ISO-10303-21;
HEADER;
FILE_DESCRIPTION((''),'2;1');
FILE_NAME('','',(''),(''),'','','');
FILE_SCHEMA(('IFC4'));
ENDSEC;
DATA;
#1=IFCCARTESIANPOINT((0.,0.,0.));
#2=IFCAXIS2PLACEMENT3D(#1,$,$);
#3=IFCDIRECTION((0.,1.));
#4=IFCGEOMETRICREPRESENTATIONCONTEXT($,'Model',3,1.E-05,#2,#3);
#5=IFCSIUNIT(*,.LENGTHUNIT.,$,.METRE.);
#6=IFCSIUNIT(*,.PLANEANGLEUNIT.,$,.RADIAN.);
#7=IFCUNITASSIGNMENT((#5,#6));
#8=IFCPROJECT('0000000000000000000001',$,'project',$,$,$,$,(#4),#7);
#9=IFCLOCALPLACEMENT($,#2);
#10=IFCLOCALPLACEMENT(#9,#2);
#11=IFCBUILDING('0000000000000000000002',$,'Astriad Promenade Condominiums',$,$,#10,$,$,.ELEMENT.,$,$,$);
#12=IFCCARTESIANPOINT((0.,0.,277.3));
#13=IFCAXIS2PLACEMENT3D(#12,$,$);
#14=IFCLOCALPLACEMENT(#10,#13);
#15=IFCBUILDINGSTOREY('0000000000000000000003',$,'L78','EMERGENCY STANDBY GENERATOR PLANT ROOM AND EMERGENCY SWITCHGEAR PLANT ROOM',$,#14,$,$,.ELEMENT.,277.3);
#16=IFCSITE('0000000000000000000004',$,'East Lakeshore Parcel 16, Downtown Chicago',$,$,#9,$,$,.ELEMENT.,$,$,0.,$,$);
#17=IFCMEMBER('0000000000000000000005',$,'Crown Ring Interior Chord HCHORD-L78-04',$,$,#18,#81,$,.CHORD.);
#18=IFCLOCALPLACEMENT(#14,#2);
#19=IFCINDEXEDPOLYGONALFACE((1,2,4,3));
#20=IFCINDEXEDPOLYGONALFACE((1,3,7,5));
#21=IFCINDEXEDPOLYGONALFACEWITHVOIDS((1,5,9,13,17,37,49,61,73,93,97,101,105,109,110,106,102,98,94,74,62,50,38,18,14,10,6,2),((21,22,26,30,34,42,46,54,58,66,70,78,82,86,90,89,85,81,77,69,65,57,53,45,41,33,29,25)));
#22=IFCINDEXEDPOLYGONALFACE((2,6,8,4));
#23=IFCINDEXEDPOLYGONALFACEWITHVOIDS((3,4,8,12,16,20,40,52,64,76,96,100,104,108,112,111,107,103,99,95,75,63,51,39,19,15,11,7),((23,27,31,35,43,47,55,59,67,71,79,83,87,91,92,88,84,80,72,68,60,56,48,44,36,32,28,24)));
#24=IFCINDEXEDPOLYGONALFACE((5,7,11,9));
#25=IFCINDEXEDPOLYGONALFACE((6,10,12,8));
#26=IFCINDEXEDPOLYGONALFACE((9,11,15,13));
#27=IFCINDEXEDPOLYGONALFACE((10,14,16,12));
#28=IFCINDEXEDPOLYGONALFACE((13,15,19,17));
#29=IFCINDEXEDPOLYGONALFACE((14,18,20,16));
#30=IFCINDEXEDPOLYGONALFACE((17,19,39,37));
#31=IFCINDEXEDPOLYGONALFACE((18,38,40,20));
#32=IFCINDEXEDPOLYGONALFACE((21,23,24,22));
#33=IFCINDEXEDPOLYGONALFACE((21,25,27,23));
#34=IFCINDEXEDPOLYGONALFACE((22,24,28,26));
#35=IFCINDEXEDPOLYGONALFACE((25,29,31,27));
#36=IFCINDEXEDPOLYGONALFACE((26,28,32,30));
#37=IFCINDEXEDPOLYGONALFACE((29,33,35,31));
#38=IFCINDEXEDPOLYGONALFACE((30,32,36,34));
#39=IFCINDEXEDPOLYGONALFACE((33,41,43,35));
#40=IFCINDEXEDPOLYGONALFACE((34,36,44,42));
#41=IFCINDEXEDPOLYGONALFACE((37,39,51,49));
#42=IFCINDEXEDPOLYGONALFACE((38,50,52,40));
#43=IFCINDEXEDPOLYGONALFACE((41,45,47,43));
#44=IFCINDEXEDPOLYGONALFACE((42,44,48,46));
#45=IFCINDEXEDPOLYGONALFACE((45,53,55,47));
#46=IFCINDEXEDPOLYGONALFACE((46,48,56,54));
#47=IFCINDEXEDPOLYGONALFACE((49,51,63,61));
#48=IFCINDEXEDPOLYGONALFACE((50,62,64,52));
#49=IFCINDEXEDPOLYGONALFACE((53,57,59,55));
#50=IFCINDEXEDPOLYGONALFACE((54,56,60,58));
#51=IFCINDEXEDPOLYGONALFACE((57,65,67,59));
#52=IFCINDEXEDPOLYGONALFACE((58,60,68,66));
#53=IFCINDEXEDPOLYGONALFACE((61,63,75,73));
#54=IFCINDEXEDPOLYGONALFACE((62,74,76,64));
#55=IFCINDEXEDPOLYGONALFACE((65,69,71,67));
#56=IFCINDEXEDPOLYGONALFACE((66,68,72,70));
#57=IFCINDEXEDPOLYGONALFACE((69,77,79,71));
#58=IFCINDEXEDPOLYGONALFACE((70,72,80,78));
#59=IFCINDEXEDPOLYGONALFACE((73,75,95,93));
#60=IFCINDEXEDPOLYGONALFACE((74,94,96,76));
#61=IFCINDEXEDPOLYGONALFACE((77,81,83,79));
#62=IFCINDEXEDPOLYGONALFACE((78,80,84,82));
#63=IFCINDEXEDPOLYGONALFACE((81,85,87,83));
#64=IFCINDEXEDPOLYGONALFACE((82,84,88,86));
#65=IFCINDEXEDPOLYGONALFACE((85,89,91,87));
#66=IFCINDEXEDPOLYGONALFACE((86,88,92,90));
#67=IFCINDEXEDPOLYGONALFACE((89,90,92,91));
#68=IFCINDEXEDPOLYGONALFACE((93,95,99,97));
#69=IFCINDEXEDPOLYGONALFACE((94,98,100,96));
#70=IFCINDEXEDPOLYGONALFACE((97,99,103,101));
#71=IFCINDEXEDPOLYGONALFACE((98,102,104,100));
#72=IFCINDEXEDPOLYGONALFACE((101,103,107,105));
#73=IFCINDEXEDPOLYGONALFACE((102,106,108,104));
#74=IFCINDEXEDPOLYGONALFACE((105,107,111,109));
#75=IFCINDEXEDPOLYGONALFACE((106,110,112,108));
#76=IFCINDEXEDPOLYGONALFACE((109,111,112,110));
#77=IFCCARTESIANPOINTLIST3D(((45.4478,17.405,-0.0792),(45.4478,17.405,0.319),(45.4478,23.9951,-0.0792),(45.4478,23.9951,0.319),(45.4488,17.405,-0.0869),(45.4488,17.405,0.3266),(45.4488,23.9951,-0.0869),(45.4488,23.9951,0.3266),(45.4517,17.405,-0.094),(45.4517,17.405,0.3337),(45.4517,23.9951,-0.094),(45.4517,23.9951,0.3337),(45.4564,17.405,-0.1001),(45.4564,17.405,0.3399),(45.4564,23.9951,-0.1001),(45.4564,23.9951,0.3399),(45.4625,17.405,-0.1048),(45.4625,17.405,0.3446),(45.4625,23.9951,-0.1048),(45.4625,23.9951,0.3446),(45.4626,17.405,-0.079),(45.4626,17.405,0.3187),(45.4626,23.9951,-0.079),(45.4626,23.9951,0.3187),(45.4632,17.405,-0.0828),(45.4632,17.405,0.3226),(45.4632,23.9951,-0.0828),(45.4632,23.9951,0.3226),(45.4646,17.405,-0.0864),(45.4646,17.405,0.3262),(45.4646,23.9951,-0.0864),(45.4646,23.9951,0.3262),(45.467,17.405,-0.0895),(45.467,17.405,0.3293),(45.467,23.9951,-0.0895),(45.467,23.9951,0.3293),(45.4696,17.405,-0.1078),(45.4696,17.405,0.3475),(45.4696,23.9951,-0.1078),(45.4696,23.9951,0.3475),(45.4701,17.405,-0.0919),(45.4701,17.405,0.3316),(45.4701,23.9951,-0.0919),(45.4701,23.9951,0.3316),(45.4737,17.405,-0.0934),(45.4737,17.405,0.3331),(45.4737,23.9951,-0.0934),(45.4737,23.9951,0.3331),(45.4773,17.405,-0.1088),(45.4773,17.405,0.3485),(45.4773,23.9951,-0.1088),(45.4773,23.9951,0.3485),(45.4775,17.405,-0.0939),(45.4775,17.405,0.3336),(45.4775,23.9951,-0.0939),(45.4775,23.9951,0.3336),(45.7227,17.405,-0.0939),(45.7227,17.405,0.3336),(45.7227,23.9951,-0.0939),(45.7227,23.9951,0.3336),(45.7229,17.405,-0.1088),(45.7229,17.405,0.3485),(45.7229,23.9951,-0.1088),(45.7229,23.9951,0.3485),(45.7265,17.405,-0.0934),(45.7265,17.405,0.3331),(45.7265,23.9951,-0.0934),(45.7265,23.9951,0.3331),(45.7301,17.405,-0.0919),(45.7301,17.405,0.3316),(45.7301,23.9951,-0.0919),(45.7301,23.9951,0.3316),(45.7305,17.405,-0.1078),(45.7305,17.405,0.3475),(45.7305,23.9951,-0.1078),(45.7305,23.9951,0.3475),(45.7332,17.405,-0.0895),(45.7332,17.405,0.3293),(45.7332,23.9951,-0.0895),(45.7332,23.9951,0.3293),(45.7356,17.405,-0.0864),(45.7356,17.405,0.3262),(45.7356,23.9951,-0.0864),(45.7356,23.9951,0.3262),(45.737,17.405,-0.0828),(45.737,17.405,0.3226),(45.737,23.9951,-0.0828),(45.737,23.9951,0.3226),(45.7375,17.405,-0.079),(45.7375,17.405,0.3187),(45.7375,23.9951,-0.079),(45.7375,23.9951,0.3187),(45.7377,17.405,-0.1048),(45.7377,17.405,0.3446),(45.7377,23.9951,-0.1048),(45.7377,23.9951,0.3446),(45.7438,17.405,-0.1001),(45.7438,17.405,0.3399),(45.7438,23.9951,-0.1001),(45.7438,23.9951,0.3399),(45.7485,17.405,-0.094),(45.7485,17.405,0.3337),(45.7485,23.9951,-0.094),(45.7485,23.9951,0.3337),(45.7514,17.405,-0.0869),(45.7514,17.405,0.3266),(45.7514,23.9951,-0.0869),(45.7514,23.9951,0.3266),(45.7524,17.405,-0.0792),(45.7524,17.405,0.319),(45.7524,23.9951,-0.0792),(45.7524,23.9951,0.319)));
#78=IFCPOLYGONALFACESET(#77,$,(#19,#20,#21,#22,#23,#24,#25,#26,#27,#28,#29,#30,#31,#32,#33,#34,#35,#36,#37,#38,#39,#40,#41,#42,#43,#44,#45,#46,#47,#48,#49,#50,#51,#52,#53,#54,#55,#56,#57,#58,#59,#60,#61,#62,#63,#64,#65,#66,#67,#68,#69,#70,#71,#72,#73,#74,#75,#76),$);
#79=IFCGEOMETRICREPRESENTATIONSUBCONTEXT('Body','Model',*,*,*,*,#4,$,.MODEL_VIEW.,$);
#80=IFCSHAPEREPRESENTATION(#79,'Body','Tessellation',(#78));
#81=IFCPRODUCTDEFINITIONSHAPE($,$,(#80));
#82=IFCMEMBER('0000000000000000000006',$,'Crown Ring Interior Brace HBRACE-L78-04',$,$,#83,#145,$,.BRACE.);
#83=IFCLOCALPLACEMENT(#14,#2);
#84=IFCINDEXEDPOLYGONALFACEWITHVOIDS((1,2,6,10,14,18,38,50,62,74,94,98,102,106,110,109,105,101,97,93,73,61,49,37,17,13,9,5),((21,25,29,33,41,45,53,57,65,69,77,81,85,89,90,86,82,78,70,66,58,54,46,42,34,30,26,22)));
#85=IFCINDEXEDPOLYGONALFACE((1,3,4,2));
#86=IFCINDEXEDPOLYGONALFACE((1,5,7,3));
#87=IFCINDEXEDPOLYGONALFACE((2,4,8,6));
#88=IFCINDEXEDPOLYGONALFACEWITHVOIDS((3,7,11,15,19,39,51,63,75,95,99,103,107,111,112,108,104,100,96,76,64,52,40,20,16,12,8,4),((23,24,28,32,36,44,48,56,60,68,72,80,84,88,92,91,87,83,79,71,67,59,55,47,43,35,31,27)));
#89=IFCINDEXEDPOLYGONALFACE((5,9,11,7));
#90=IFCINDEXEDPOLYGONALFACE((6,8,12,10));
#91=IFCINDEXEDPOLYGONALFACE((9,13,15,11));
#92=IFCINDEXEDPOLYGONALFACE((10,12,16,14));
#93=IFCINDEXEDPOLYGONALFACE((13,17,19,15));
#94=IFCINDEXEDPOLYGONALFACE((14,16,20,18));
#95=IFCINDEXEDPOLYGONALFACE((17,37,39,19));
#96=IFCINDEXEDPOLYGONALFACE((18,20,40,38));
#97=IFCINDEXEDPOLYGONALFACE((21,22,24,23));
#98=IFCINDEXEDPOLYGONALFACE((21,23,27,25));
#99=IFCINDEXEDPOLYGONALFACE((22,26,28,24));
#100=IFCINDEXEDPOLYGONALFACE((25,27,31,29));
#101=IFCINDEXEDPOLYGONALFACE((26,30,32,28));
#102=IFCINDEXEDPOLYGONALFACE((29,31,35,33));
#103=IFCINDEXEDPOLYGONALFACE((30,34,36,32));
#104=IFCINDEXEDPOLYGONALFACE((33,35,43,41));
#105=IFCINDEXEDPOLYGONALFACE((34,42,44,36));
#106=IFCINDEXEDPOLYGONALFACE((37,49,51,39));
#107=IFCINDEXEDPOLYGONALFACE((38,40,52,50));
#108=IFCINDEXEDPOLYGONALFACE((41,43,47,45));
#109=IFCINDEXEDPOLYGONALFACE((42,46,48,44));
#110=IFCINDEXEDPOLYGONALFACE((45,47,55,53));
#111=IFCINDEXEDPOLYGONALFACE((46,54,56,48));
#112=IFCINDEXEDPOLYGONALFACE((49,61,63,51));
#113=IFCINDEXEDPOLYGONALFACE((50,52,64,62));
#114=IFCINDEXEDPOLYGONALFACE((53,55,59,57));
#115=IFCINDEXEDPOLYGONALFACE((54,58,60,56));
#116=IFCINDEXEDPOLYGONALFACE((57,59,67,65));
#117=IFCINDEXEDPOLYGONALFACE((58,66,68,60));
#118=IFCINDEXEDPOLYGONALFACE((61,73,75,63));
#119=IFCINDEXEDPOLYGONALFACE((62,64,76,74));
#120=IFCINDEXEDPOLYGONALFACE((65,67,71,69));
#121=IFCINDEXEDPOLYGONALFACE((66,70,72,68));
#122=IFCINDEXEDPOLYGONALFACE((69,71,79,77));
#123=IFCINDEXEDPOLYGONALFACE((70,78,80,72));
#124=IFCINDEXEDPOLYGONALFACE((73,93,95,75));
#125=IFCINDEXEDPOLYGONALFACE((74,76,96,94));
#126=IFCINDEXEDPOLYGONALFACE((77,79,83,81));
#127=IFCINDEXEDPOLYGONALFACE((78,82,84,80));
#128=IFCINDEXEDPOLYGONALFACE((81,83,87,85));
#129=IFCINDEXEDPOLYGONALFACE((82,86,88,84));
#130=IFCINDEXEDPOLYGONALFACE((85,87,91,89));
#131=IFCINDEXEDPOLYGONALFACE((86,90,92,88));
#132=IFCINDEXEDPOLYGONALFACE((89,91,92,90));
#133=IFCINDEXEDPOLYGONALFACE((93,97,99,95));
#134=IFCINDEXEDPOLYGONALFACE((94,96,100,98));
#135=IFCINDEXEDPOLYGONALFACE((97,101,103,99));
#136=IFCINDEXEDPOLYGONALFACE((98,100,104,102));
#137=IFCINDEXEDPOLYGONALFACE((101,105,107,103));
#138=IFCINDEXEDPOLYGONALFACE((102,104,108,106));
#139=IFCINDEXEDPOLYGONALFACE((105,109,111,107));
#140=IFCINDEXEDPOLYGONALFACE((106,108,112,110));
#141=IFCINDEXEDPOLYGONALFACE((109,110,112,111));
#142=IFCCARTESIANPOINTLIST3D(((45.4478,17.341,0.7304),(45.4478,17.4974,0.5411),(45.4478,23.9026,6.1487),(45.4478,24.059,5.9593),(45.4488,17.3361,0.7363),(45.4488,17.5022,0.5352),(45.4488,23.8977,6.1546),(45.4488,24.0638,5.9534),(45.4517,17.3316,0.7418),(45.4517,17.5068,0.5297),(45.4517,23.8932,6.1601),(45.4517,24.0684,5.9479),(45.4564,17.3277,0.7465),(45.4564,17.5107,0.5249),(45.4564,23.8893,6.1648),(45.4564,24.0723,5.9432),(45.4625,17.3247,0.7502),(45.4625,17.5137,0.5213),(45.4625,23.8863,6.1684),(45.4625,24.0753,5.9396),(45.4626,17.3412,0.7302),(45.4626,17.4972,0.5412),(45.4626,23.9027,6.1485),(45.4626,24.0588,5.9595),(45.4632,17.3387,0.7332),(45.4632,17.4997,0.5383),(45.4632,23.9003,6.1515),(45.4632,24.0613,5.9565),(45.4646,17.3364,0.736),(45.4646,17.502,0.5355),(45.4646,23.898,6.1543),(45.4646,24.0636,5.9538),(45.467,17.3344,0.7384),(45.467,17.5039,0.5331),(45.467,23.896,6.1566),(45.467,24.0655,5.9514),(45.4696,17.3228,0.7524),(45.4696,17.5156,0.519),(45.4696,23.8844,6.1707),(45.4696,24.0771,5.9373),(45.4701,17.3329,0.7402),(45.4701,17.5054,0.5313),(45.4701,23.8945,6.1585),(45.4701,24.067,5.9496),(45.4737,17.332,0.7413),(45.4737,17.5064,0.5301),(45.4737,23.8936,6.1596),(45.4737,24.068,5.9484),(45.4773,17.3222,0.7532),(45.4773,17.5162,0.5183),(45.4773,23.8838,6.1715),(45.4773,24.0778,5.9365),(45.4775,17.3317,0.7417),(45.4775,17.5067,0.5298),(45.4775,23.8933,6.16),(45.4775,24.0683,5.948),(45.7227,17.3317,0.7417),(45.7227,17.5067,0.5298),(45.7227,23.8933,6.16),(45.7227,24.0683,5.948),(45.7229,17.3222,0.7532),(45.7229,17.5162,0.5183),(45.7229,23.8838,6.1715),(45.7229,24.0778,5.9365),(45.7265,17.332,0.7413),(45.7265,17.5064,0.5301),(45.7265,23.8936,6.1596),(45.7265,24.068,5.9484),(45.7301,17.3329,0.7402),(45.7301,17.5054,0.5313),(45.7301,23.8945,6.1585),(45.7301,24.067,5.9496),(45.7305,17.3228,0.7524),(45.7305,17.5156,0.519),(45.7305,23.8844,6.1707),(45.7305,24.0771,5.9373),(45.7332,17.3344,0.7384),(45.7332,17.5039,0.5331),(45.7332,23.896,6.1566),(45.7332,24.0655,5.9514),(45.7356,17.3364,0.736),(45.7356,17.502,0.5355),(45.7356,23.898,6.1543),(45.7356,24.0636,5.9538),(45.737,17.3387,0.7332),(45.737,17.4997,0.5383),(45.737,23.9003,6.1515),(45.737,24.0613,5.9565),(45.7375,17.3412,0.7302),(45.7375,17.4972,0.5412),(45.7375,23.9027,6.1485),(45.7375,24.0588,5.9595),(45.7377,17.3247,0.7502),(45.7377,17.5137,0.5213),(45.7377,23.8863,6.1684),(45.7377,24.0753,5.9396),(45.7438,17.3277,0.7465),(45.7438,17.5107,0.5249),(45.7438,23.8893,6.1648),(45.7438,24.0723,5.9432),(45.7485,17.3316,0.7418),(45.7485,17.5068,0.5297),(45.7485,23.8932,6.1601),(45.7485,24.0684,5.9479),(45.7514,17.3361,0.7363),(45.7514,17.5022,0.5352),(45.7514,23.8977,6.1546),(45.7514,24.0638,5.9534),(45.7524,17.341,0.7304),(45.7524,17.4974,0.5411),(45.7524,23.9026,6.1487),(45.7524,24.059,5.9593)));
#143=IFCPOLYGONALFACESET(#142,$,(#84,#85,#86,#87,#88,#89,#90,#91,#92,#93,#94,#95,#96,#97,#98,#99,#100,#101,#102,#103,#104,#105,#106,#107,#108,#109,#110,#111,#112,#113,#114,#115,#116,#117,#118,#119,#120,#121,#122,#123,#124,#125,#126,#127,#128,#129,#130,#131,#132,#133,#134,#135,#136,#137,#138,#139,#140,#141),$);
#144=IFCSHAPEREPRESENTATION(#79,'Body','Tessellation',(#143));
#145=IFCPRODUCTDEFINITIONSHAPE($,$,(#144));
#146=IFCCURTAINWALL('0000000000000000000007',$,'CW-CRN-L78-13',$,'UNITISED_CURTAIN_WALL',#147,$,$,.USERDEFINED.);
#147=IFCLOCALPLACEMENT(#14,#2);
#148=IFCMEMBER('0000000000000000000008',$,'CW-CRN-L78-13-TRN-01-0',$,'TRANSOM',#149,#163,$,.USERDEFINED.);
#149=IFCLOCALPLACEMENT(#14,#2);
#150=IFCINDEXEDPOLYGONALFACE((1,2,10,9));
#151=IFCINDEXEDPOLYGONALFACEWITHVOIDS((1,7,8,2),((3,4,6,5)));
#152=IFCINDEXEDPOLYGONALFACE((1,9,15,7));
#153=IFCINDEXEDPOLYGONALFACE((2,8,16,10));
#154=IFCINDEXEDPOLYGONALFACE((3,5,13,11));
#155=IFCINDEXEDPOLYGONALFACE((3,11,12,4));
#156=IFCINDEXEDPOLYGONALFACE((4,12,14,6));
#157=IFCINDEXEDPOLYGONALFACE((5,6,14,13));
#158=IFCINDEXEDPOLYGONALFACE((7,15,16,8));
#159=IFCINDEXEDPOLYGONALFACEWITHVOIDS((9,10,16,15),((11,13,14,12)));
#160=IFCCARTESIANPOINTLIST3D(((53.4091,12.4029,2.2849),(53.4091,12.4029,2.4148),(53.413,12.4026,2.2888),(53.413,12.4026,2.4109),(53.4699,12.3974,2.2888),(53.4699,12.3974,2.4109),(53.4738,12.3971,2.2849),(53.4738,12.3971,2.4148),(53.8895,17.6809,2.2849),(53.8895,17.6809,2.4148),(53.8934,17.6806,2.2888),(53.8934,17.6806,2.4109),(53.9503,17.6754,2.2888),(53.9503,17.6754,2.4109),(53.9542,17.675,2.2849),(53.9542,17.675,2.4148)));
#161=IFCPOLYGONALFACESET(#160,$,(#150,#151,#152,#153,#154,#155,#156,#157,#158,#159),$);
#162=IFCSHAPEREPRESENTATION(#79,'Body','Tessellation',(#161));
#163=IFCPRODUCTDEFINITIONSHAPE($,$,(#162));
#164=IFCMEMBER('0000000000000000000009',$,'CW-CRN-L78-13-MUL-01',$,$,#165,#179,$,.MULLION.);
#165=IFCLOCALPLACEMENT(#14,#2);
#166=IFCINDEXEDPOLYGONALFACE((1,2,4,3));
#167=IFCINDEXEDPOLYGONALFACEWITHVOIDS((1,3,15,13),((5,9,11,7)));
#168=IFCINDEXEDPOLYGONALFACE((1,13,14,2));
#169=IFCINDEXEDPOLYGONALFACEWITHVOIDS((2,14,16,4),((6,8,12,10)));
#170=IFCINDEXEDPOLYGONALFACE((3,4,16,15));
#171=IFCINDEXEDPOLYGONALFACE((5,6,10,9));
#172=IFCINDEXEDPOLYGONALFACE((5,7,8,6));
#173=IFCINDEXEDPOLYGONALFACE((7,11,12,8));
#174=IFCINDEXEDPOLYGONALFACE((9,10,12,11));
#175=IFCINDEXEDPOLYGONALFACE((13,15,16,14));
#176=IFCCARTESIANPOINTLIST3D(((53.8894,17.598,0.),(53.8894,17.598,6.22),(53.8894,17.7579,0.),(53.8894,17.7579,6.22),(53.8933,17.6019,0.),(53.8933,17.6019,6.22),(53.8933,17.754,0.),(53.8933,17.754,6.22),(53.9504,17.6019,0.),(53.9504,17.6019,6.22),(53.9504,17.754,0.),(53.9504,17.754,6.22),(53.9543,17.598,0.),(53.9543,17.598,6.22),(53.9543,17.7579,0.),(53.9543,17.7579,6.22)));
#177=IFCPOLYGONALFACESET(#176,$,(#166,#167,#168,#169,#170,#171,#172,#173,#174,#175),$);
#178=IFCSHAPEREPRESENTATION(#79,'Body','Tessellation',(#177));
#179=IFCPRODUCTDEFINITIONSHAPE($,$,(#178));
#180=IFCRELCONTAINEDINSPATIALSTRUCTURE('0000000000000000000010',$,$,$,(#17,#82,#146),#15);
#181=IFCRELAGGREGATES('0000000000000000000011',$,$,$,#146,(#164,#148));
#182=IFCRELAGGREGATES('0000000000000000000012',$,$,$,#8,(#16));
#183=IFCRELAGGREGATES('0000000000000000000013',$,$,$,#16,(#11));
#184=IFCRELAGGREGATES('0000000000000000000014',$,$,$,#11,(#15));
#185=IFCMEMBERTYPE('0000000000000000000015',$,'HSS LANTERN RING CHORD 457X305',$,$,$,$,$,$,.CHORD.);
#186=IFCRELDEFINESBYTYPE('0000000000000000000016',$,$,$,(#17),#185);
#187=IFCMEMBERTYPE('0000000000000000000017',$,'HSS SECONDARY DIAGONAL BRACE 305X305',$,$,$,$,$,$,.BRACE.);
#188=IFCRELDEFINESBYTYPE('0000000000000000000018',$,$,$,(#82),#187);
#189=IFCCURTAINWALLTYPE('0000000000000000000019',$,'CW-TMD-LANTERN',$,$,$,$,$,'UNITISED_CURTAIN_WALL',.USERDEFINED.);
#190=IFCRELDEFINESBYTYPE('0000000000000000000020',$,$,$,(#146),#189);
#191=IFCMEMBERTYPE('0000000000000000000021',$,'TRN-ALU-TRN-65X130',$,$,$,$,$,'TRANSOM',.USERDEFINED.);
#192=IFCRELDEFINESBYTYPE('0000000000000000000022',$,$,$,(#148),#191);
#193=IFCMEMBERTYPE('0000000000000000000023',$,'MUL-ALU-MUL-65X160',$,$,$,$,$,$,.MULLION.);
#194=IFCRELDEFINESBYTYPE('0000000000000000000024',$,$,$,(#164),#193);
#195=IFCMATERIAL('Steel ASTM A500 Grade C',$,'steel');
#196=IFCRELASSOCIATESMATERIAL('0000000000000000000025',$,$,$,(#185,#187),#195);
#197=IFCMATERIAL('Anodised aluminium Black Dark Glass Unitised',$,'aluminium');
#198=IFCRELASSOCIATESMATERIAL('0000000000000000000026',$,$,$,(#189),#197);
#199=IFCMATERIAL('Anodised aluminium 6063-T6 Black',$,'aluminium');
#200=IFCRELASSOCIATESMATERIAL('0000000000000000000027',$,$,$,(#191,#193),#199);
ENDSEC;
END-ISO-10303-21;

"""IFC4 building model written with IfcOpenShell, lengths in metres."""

from ifc_helpers import new_model, si_unit, direction, frame, origin, origin_2d, place, context, subcontext, project, spatial, hollow_rectangle, extrude, source, transform, mapped, material, material_profile, profile_set, type_object, type_shapes, element, aggregate, save


model = new_model("IFC4")

# Units and contexts
model_context = context("Model", 3, precision=1e-05, world=origin(), true_north=direction((0.0, 1.0)))
body_context = subcontext(model_context, "Body", "Model", "MODEL_VIEW")
ifc_project = project(units=[si_unit("LENGTHUNIT", "METRE"), si_unit("PLANEANGLEUNIT", "RADIAN")], contexts=[model_context])

# Site, building, storey
site_placement = place(None, origin())
site = spatial("IfcSite", under=ifc_project, at=site_placement, Name="East Lakeshore Parcel 16, Downtown Chicago", CompositionType="ELEMENT", RefElevation=0.0)
building_placement = place(site_placement, origin())
building = spatial("IfcBuilding", under=site, at=building_placement, Name="Astriad Promenade Condominiums", CompositionType="ELEMENT")
storey_placement = place(building_placement, frame((0.0, 0.0, 277.3)))
storey = spatial("IfcBuildingStorey", under=building, at=storey_placement, Name="L78", Description="EMERGENCY STANDBY GENERATOR PLANT ROOM AND EMERGENCY SWITCHGEAR PLANT ROOM", CompositionType="ELEMENT", Elevation=277.3)

# Members
ifc_material_1 = material(Name="Steel ASTM A500 Grade C", Category="steel")
ifc_material_profile_1 = material_profile(ifc_material_1, hollow_rectangle(XDim=0.3047, YDim=0.4573, WallThickness=0.0149, InnerFilletRadius=0.0149, OuterFilletRadius=0.0295, at=origin_2d()), Name="HSS457X305X15.9")
ifc_profile_set_1 = profile_set([ifc_material_profile_1], Name="Steel ASTM A500 Grade C")
member_type_1 = type_object("IfcMemberType", Name="HSS LANTERN RING CHORD 457X305", PredefinedType="CHORD", material=ifc_profile_set_1)
shared_shape_1 = source(origin(), body_context, "Body", "SweptSolid", [
    extrude(hollow_rectangle(XDim=0.3047, YDim=0.4573, WallThickness=0.0149, InnerFilletRadius=0.0149, OuterFilletRadius=0.0295, at=origin_2d()), origin(), (0.0, 0.0, 1.0), 6.5901),
])
type_shapes(member_type_1, [shared_shape_1])
member_1_placement = place(storey_placement, frame((45.6001, 17.405, 0.1199), z_axis=(0.0, 1.0, 0.0), x_axis=(-1.0, 0.0, 0.0)))
element("IfcMember", 1, at=member_1_placement, inside=storey, type_object=member_type_1, Name="Crown Ring Interior Chord HCHORD-L78-04", PredefinedType="CHORD", context=body_context, shape_type="MappedRepresentation", body=[
    mapped(shared_shape_1, transform((0.0, 0.0, 0.0), scale=1.0)),
])
ifc_material_profile_2 = material_profile(ifc_material_1, hollow_rectangle(XDim=0.3047, YDim=0.3047, WallThickness=0.0149, InnerFilletRadius=0.0149, OuterFilletRadius=0.0295, at=origin_2d()), Name="HSS305X305X15.9")
ifc_profile_set_2 = profile_set([ifc_material_profile_2], Name="Steel ASTM A500 Grade C")
member_type_2 = type_object("IfcMemberType", Name="HSS SECONDARY DIAGONAL BRACE 305X305", PredefinedType="BRACE", material=ifc_profile_set_2)
shared_shape_2 = source(origin(), body_context, "Body", "SweptSolid", [
    extrude(hollow_rectangle(XDim=0.3047, YDim=0.3047, WallThickness=0.0149, InnerFilletRadius=0.0149, OuterFilletRadius=0.0295, at=origin_2d()), origin(), (0.0, 0.0, 1.0), 8.5095),
])
type_shapes(member_type_2, [shared_shape_2])
member_2_placement = place(storey_placement, frame((45.6001, 17.4192, 0.6357), z_axis=(0.0, 0.771087, 0.636729), x_axis=(-1.0, 0.0, 0.0)))
element("IfcMember", 2, at=member_2_placement, inside=storey, type_object=member_type_2, Name="Crown Ring Interior Brace HBRACE-L78-04", PredefinedType="BRACE", context=body_context, shape_type="MappedRepresentation", body=[
    mapped(shared_shape_2, transform((0.0, 0.0, 0.0), scale=1.0)),
])

# Curtain wall, members
ifc_material_2 = material(Name="Anodised aluminium Black Dark Glass Unitised", Category="aluminium")
curtain_wall_type = type_object("IfcCurtainWallType", Name="CW-TMD-LANTERN", ElementType="UNITISED_CURTAIN_WALL", PredefinedType="USERDEFINED", material=ifc_material_2)
curtain_wall_1_placement = place(storey_placement, origin())
curtain_wall_1 = element("IfcCurtainWall", 3, at=curtain_wall_1_placement, inside=storey, type_object=curtain_wall_type, Name="CW-CRN-L78-13", ObjectType="UNITISED_CURTAIN_WALL", PredefinedType="USERDEFINED")
ifc_material_3 = material(Name="Anodised aluminium 6063-T6 Black", Category="aluminium")
ifc_material_profile_3 = material_profile(ifc_material_3, hollow_rectangle(XDim=0.0649, YDim=0.1299, WallThickness=0.0039, at=origin_2d()), Name="ALU-TRN-65X130")
ifc_profile_set_3 = profile_set([ifc_material_profile_3], Name="Anodised aluminium 6063-T6 Black")
member_type_3 = type_object("IfcMemberType", Name="TRN-ALU-TRN-65X130", ElementType="TRANSOM", PredefinedType="USERDEFINED", material=ifc_profile_set_3)
shared_shape_3 = source(origin(), body_context, "Body", "SweptSolid", [
    extrude(hollow_rectangle(XDim=0.0649, YDim=0.1299, WallThickness=0.0039, at=origin_2d()), origin(), (0.0, 0.0, 1.0), 5.2998),
])
member_3_placement = place(storey_placement, frame((53.9219, 17.678, 2.3499), z_axis=(-0.090656, -0.995882, 0.0), x_axis=(0.995882, -0.090656, 0.0)))
member_3 = element("IfcMember", 4, at=member_3_placement, type_object=member_type_3, Name="CW-CRN-L78-13-TRN-01-0", ObjectType="TRANSOM", PredefinedType="USERDEFINED", context=body_context, shape_type="MappedRepresentation", body=[
    mapped(shared_shape_3, transform((0.0, 0.0, 0.0), scale=1.0)),
])
ifc_material_profile_4 = material_profile(ifc_material_3, hollow_rectangle(XDim=0.0649, YDim=0.1599, WallThickness=0.0039, at=origin_2d()), Name="ALU-MUL-65X160")
ifc_profile_set_4 = profile_set([ifc_material_profile_4], Name="Anodised aluminium 6063-T6 Black")
member_type_4 = type_object("IfcMemberType", Name="MUL-ALU-MUL-65X160", PredefinedType="MULLION", material=ifc_profile_set_4)
shared_shape_4 = source(origin(), body_context, "Body", "SweptSolid", [
    extrude(hollow_rectangle(XDim=0.0649, YDim=0.1599, WallThickness=0.0039, at=origin_2d()), origin(), (0.0, 0.0, 1.0), 6.22),
])
type_shapes(member_type_4, [shared_shape_4])
member_4_placement = place(storey_placement, frame((53.9219, 17.678, 0.0), z_axis=(0.0, 0.0, 1.0), x_axis=(1.0, 0.0, 0.0)))
member_4 = element("IfcMember", 5, at=member_4_placement, type_object=member_type_4, Name="CW-CRN-L78-13-MUL-01", PredefinedType="MULLION", context=body_context, shape_type="MappedRepresentation", body=[
    mapped(shared_shape_4, transform((0.0, 0.0, 0.0), scale=1.0)),
])

aggregate(curtain_wall_1, [member_4, member_3])

save(model, "model.ifc")
